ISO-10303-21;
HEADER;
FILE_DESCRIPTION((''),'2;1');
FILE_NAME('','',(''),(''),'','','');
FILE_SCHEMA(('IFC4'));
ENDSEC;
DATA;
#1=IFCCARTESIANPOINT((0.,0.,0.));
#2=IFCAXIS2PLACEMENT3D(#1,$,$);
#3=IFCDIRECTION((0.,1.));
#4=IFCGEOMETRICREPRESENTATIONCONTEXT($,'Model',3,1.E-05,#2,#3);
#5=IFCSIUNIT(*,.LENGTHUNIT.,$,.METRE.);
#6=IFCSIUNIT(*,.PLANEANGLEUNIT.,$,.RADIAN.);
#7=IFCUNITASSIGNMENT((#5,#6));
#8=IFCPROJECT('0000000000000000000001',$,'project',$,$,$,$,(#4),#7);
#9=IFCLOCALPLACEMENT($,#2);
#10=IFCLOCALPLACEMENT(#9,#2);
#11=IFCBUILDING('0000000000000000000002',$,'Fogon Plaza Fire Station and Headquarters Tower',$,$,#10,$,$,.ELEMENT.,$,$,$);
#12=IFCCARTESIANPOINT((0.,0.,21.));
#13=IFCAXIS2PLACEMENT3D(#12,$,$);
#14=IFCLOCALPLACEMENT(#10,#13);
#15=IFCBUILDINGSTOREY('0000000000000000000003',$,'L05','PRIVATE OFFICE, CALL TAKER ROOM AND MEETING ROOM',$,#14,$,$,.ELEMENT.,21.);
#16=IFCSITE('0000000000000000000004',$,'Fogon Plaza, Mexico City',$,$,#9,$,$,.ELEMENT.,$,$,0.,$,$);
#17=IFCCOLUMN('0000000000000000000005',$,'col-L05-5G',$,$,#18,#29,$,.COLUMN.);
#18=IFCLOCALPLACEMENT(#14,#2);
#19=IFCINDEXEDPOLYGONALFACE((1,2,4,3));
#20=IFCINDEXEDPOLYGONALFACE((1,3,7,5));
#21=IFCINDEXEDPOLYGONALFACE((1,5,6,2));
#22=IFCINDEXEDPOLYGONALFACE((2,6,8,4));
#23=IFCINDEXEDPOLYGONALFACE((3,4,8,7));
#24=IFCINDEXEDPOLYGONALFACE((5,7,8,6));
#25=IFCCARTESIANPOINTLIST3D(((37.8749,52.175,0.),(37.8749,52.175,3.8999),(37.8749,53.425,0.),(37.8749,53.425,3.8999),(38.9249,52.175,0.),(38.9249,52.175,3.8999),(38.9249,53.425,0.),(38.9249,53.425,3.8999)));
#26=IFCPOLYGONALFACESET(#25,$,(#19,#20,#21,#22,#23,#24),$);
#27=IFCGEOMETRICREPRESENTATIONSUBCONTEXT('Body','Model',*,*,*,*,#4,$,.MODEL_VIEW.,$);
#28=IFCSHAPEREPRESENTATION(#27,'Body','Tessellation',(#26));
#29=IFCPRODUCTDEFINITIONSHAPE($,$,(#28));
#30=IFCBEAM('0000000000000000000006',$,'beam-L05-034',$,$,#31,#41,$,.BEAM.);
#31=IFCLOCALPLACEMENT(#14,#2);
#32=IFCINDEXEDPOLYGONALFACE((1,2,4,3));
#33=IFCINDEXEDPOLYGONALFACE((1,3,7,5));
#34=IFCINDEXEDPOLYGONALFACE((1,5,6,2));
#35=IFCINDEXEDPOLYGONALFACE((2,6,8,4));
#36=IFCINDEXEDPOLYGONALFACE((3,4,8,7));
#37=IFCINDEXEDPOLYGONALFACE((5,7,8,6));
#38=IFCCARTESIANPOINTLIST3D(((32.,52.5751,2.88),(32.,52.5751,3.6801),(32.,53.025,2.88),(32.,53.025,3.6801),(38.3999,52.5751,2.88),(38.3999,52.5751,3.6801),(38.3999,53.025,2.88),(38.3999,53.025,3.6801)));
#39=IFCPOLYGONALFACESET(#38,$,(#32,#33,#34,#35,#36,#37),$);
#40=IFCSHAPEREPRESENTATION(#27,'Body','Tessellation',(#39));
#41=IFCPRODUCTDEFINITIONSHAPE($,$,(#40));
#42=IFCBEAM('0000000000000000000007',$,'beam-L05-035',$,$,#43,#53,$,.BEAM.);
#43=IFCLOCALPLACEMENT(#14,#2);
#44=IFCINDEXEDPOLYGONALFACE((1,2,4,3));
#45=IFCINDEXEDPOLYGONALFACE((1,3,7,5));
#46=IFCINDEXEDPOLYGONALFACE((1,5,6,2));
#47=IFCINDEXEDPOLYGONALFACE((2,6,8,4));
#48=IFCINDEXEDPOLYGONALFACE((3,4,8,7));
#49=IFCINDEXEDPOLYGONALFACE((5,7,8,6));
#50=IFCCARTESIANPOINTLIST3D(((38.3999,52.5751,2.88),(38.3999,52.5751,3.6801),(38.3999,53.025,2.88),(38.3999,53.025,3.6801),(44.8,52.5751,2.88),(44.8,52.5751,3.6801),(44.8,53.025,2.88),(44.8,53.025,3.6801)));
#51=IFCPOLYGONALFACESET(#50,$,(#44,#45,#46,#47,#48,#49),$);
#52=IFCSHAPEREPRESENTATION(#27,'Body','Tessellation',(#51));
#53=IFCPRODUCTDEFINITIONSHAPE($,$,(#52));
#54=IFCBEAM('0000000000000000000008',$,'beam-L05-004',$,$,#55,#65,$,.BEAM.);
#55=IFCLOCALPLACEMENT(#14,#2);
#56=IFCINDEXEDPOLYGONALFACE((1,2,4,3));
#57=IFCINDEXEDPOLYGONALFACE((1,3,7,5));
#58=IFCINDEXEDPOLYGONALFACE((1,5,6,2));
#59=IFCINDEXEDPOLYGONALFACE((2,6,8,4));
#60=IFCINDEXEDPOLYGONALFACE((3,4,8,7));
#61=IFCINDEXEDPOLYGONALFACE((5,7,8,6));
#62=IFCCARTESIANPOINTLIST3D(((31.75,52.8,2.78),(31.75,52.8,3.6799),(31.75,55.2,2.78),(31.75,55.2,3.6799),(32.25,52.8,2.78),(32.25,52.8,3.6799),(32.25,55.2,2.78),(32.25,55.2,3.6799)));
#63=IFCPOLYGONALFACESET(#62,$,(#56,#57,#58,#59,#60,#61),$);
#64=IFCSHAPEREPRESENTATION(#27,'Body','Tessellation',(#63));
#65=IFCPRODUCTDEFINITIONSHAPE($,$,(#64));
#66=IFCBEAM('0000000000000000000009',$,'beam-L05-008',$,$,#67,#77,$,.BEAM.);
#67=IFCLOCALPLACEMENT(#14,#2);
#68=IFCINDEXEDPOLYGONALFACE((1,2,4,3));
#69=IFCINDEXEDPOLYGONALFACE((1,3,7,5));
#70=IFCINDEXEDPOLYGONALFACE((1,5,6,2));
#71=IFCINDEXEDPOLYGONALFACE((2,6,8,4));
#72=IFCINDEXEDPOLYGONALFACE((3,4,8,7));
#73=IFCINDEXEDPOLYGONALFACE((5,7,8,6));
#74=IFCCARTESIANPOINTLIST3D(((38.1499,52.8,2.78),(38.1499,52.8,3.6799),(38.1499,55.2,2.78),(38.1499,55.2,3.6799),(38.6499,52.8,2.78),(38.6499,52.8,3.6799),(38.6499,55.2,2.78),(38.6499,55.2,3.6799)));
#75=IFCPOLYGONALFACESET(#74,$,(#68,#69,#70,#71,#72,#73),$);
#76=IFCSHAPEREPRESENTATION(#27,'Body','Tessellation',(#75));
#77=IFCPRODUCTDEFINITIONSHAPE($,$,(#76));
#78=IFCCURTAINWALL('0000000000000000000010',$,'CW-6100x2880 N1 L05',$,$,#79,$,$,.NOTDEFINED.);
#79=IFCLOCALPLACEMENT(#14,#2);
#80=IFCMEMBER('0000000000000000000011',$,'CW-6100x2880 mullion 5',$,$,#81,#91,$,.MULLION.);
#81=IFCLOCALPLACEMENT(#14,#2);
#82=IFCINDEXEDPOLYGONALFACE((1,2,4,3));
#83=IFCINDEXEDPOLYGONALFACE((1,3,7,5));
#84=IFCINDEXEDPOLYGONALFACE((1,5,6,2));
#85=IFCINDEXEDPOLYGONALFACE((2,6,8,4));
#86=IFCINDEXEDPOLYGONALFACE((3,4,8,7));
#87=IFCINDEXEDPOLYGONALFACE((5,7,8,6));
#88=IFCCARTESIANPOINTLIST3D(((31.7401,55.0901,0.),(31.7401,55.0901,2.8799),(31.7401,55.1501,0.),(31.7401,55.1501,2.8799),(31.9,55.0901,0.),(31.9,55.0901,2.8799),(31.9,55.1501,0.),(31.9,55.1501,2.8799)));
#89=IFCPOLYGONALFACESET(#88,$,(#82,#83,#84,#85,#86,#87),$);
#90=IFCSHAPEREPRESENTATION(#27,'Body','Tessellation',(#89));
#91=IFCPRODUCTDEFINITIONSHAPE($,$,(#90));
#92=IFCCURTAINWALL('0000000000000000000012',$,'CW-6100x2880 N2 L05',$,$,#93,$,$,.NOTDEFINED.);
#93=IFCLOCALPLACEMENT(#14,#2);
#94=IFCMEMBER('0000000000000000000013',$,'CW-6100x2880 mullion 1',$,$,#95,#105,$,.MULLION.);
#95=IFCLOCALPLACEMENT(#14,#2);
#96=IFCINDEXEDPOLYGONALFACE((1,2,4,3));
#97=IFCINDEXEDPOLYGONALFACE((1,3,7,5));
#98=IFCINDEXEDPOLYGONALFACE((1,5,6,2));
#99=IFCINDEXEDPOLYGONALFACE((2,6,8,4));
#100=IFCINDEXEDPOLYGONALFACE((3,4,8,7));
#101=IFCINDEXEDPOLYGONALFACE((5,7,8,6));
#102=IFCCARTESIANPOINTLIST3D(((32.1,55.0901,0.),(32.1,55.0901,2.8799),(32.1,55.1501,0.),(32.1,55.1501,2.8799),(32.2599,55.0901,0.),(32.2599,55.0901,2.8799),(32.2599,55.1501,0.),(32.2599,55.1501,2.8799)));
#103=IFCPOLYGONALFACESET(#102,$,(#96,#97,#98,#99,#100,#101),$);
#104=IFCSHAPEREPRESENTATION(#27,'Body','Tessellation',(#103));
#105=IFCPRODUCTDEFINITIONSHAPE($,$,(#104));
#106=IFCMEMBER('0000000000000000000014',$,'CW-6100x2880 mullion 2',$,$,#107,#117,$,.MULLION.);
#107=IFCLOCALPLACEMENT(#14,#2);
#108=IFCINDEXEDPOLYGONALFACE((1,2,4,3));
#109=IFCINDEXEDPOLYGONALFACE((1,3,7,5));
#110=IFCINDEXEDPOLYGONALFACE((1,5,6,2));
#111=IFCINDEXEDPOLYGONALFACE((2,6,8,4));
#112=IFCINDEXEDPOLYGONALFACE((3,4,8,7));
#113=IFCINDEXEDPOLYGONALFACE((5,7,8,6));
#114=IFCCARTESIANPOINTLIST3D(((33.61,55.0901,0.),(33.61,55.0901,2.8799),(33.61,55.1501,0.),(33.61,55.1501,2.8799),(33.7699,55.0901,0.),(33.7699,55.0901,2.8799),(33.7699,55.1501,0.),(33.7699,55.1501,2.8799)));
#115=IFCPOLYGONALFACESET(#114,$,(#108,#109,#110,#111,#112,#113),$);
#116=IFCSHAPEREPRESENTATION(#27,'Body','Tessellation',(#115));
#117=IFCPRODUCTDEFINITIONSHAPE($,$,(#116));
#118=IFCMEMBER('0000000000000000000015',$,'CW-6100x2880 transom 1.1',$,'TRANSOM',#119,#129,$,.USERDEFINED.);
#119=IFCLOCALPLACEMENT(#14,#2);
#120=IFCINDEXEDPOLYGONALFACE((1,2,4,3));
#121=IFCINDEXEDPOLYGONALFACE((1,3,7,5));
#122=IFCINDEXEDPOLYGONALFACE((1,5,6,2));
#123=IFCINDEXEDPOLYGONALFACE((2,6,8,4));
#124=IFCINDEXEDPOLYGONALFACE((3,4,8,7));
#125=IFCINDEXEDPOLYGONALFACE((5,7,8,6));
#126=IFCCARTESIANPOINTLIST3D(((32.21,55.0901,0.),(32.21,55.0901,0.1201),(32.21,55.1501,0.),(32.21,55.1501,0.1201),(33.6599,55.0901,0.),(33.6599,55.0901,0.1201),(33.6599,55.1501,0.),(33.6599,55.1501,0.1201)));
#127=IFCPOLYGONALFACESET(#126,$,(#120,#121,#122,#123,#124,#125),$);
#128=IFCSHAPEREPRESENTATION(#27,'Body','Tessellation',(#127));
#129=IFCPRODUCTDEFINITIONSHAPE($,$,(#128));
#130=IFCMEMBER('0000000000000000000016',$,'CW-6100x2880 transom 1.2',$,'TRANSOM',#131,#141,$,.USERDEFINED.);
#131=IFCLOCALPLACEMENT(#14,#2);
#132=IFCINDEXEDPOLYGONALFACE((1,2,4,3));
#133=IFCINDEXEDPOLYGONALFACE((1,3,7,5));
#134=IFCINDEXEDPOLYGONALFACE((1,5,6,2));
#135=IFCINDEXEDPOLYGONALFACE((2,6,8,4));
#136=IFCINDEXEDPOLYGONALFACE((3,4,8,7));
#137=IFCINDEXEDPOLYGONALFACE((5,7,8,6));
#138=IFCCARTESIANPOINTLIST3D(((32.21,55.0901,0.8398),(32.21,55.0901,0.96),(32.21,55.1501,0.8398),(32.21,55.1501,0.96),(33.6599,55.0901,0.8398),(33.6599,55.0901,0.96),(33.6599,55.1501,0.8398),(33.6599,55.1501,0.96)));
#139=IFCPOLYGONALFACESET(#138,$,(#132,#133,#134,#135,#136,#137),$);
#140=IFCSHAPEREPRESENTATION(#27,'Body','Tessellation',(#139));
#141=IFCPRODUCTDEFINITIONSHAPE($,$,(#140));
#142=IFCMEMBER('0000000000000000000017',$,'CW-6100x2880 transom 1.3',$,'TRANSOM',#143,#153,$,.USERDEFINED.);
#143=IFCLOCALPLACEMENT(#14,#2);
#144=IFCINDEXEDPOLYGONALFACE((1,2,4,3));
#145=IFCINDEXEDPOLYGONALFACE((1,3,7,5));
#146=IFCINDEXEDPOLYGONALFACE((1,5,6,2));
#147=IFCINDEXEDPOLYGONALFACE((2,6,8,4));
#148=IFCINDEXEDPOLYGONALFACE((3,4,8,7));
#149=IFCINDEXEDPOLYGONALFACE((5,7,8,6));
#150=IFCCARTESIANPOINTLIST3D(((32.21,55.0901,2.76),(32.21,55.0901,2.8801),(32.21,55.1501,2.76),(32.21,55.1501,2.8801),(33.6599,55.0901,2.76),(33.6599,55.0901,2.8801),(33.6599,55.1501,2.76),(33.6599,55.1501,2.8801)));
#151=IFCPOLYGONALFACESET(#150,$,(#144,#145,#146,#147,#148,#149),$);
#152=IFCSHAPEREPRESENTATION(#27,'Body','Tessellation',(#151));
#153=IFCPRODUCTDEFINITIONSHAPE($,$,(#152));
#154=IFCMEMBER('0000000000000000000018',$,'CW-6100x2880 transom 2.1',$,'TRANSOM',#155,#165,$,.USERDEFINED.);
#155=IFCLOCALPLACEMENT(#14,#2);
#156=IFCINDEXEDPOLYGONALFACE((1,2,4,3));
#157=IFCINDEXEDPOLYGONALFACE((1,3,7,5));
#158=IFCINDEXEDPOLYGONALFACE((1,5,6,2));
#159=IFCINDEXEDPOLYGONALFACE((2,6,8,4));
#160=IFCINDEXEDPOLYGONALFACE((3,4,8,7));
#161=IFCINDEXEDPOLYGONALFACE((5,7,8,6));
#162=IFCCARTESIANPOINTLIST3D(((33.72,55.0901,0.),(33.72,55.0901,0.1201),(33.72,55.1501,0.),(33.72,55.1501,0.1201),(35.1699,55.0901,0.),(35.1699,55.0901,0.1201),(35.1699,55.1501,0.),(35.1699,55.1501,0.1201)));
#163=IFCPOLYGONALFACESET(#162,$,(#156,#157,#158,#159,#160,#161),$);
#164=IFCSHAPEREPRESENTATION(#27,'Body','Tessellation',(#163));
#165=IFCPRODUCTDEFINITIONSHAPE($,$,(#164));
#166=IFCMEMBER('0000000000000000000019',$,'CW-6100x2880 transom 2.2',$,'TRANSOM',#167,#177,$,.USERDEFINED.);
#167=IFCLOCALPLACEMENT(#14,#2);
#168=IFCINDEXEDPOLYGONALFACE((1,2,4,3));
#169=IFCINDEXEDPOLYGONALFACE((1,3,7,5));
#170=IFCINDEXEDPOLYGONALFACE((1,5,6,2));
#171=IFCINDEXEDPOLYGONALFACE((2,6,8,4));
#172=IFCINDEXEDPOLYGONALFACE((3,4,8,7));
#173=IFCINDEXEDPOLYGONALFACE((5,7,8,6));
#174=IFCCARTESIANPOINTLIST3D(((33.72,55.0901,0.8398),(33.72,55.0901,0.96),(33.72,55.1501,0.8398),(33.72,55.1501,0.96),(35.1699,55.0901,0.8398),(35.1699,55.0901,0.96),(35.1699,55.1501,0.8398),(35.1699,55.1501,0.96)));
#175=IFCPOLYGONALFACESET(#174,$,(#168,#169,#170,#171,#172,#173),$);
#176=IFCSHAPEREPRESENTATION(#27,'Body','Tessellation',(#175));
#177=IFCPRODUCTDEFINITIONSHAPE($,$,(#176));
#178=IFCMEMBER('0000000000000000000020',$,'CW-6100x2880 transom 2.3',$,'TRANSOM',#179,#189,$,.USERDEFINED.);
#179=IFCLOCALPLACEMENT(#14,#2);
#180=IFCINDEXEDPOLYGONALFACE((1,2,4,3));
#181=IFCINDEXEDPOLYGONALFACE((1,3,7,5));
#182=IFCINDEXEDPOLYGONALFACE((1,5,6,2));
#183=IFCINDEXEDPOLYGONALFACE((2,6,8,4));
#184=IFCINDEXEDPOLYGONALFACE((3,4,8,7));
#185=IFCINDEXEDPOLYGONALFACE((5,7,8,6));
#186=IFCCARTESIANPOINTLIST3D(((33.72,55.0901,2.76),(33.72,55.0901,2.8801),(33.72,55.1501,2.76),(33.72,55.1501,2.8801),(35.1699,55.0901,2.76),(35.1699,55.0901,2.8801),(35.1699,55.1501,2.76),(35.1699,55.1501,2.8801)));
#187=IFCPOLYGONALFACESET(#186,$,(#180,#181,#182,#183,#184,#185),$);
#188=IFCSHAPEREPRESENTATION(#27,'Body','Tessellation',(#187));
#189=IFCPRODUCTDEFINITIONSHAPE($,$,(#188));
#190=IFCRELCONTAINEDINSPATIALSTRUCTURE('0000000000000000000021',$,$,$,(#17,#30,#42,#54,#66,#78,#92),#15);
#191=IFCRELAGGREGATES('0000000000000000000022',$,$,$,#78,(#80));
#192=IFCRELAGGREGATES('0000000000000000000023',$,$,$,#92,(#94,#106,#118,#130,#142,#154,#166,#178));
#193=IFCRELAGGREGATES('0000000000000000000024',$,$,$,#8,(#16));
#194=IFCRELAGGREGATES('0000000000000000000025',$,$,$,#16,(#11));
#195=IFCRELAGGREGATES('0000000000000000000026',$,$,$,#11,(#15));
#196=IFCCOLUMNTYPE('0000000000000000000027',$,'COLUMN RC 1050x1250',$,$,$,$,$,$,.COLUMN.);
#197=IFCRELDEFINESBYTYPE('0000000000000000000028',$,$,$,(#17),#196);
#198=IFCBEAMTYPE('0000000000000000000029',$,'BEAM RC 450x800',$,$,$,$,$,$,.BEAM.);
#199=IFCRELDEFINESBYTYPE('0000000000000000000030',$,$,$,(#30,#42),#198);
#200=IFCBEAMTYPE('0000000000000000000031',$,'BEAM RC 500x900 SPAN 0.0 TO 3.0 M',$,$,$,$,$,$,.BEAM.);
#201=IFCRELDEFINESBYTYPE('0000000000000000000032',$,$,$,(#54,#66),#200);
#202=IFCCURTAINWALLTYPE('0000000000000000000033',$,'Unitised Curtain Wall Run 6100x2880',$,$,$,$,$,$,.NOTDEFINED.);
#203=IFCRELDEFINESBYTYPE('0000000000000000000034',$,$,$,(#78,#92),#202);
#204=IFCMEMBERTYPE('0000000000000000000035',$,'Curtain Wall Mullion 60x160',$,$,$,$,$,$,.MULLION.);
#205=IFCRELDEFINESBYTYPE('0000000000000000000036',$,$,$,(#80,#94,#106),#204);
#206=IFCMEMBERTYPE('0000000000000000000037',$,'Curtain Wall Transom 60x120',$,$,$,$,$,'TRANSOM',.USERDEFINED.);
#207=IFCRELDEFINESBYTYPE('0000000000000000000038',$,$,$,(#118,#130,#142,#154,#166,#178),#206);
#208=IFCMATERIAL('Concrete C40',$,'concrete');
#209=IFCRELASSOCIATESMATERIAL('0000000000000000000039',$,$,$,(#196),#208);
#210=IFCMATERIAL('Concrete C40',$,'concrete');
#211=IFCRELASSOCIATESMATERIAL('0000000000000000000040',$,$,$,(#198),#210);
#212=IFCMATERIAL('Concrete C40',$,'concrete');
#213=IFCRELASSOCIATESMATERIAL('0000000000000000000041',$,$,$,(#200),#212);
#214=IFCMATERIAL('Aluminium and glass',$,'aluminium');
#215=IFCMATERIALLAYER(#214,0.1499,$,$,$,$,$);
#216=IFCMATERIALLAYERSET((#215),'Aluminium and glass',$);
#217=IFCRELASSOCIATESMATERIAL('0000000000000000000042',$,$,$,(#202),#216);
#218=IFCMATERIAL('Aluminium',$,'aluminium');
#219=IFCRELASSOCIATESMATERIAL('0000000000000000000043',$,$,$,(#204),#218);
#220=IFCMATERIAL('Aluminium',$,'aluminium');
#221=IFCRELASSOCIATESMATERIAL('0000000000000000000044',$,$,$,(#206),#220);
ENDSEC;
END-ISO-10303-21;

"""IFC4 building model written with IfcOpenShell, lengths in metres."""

from ifc_helpers import new_model, si_unit, direction, frame, origin, origin_2d, place, context, subcontext, project, spatial, rectangle, extrude, material, layer, layer_set, material_profile, profile_set, type_object, element, aggregate, save


model = new_model("IFC4")

# Units and contexts
model_context = context("Model", 3, precision=1e-05, world=origin(), true_north=direction((0.0, 1.0)))
body_context = subcontext(model_context, "Body", "Model", "MODEL_VIEW")
ifc_project = project(units=[si_unit("LENGTHUNIT", "METRE"), si_unit("PLANEANGLEUNIT", "RADIAN")], contexts=[model_context])

# Site, building, storey
site_placement = place(None, origin())
site = spatial("IfcSite", under=ifc_project, at=site_placement, Name="Fogon Plaza, Mexico City", CompositionType="ELEMENT", RefElevation=0.0)
building_placement = place(site_placement, origin())
building = spatial("IfcBuilding", under=site, at=building_placement, Name="Fogon Plaza Fire Station and Headquarters Tower", CompositionType="ELEMENT")
storey_placement = place(building_placement, frame((0.0, 0.0, 21.0)))
storey = spatial("IfcBuildingStorey", under=building, at=storey_placement, Name="L05", Description="PRIVATE OFFICE, CALL TAKER ROOM AND MEETING ROOM", CompositionType="ELEMENT", Elevation=21.0)

# Column
ifc_material_1 = material(Name="Concrete C40", Category="concrete")
ifc_material_profile_1 = material_profile(ifc_material_1, rectangle(XDim=1.05, YDim=1.25, at=origin_2d()), Name="RC 1050x1250")
ifc_profile_set_1 = profile_set([ifc_material_profile_1], Name="Concrete C40")
column_type = type_object("IfcColumnType", Name="COLUMN RC 1050x1250", PredefinedType="COLUMN", material=ifc_profile_set_1)
column_placement = place(storey_placement, frame((38.3999, 52.8, 0.0), z_axis=(0.0, 0.0, 1.0), x_axis=(1.0, 0.0, 0.0)))
element("IfcColumn", 1, at=column_placement, inside=storey, type_object=column_type, Name="col-L05-5G", PredefinedType="COLUMN", context=body_context, shape_type="SweptSolid", body=[
    extrude(rectangle(XDim=1.05, YDim=1.25, at=origin_2d()), origin(), (0.0, 0.0, 1.0), 3.8999),
])

# Beams
ifc_material_2 = material(Name="Concrete C40", Category="concrete")
ifc_material_profile_2 = material_profile(ifc_material_2, rectangle(XDim=0.45, YDim=0.8, at=origin_2d()), Name="RC 450x800")
ifc_profile_set_2 = profile_set([ifc_material_profile_2], Name="Concrete C40")
beam_type_1 = type_object("IfcBeamType", Name="BEAM RC 450x800", PredefinedType="BEAM", material=ifc_profile_set_2)
beam_1_placement = place(storey_placement, frame((32.0, 52.8, 3.28), z_axis=(1.0, 0.0, 0.0), x_axis=(0.0, 1.0, 0.0)))
element("IfcBeam", 2, at=beam_1_placement, inside=storey, type_object=beam_type_1, Name="beam-L05-034", PredefinedType="BEAM", context=body_context, shape_type="SweptSolid", body=[
    extrude(rectangle(XDim=0.45, YDim=0.8, at=origin_2d()), origin(), (0.0, 0.0, 1.0), 6.3999),
])
beam_2_placement = place(storey_placement, frame((38.3999, 52.8, 3.28), z_axis=(1.0, 0.0, 0.0), x_axis=(0.0, 1.0, 0.0)))
element("IfcBeam", 3, at=beam_2_placement, inside=storey, type_object=beam_type_1, Name="beam-L05-035", PredefinedType="BEAM", context=body_context, shape_type="SweptSolid", body=[
    extrude(rectangle(XDim=0.45, YDim=0.8, at=origin_2d()), origin(), (0.0, 0.0, 1.0), 6.4001),
])
ifc_material_3 = material(Name="Concrete C40", Category="concrete")
ifc_material_profile_3 = material_profile(ifc_material_3, rectangle(XDim=0.5, YDim=0.8999, at=origin_2d()), Name="RC 500x900")
ifc_profile_set_3 = profile_set([ifc_material_profile_3], Name="Concrete C40")
beam_type_2 = type_object("IfcBeamType", Name="BEAM RC 500x900 SPAN 0.0 TO 3.0 M", PredefinedType="BEAM", material=ifc_profile_set_3)
for number, where, z_axis, x_axis, name in (
    (4, (32.0, 52.8, 3.23), (0.0, 1.0, 0.0), (-1.0, 0.0, 0.0), "beam-L05-004"),
    (5, (38.3999, 52.8, 3.23), (0.0, 1.0, 0.0), (-1.0, 0.0, 0.0), "beam-L05-008"),
):
    element("IfcBeam", number, at=place(storey_placement, frame(where, z_axis=z_axis, x_axis=x_axis)), inside=storey, type_object=beam_type_2, Name=name, PredefinedType="BEAM", context=body_context, shape_type="SweptSolid", body=[
        extrude(rectangle(XDim=0.5, YDim=0.8999, at=origin_2d()), origin(), (0.0, 0.0, 1.0), 2.3999),
    ])

# Curtain wall, member
ifc_material_4 = material(Name="Aluminium and glass", Category="aluminium")
ifc_layer_1 = layer(ifc_material_4, 0.1499)
ifc_layer_set_1 = layer_set([ifc_layer_1], Name="Aluminium and glass")
curtain_wall_type = type_object("IfcCurtainWallType", Name="Unitised Curtain Wall Run 6100x2880", PredefinedType="NOTDEFINED", material=ifc_layer_set_1)
curtain_wall_1_placement = place(storey_placement, origin())
curtain_wall_1 = element("IfcCurtainWall", 6, at=curtain_wall_1_placement, inside=storey, type_object=curtain_wall_type, Name="CW-6100x2880 N1 L05", PredefinedType="NOTDEFINED")
ifc_material_5 = material(Name="Aluminium", Category="aluminium")
ifc_material_profile_4 = material_profile(ifc_material_5, rectangle(XDim=0.0601, YDim=0.1599, at=origin_2d()), Name="Curtain Wall Mullion 60x160")
ifc_profile_set_4 = profile_set([ifc_material_profile_4], Name="Aluminium")
member_type_1 = type_object("IfcMemberType", Name="Curtain Wall Mullion 60x160", PredefinedType="MULLION", material=ifc_profile_set_4)
member_1_placement = place(storey_placement, frame((31.8201, 55.1201, 0.0), z_axis=(0.0, 0.0, 1.0), x_axis=(0.0, 1.0, 0.0)))
member_1 = element("IfcMember", 7, at=member_1_placement, type_object=member_type_1, Name="CW-6100x2880 mullion 5", PredefinedType="MULLION", context=body_context, shape_type="SweptSolid", body=[
    extrude(rectangle(XDim=0.0601, YDim=0.1599, at=origin_2d()), origin(), (0.0, 0.0, 1.0), 2.8799),
])
aggregate(curtain_wall_1, [member_1])

# Curtain wall, members
curtain_wall_2_placement = place(storey_placement, origin())
curtain_wall_2 = element("IfcCurtainWall", 8, at=curtain_wall_2_placement, inside=storey, type_object=curtain_wall_type, Name="CW-6100x2880 N2 L05", PredefinedType="NOTDEFINED")
member_2_placement = place(storey_placement, frame((32.1799, 55.1201, 0.0), z_axis=(0.0, 0.0, 1.0), x_axis=(0.0, 1.0, 0.0)))
member_2 = element("IfcMember", 9, at=member_2_placement, type_object=member_type_1, Name="CW-6100x2880 mullion 1", PredefinedType="MULLION", context=body_context, shape_type="SweptSolid", body=[
    extrude(rectangle(XDim=0.0601, YDim=0.1599, at=origin_2d()), origin(), (0.0, 0.0, 1.0), 2.8799),
])
member_3_placement = place(storey_placement, frame((33.6899, 55.1201, 0.0), z_axis=(0.0, 0.0, 1.0), x_axis=(0.0, 1.0, 0.0)))
member_3 = element("IfcMember", 10, at=member_3_placement, type_object=member_type_1, Name="CW-6100x2880 mullion 2", PredefinedType="MULLION", context=body_context, shape_type="SweptSolid", body=[
    extrude(rectangle(XDim=0.0601, YDim=0.1599, at=origin_2d()), origin(), (0.0, 0.0, 1.0), 2.8799),
])
ifc_material_6 = material(Name="Aluminium", Category="aluminium")
ifc_material_profile_5 = material_profile(ifc_material_6, rectangle(XDim=0.0601, YDim=0.1201, at=origin_2d()), Name="Curtain Wall Transom 60x120")
ifc_profile_set_5 = profile_set([ifc_material_profile_5], Name="Aluminium")
member_type_2 = type_object("IfcMemberType", Name="Curtain Wall Transom 60x120", ElementType="TRANSOM", PredefinedType="USERDEFINED", material=ifc_profile_set_5)
member_4_placement = place(storey_placement, frame((32.21, 55.1201, 0.0601), z_axis=(1.0, 0.0, 0.0), x_axis=(0.0, 1.0, 0.0)))
member_4 = element("IfcMember", 11, at=member_4_placement, type_object=member_type_2, Name="CW-6100x2880 transom 1.1", ObjectType="TRANSOM", PredefinedType="USERDEFINED", context=body_context, shape_type="SweptSolid", body=[
    extrude(rectangle(XDim=0.0601, YDim=0.1201, at=origin_2d()), origin(), (0.0, 0.0, 1.0), 1.45),
])
member_5_placement = place(storey_placement, frame((32.21, 55.1201, 0.8999), z_axis=(1.0, 0.0, 0.0), x_axis=(0.0, 1.0, 0.0)))
member_5 = element("IfcMember", 12, at=member_5_placement, type_object=member_type_2, Name="CW-6100x2880 transom 1.2", ObjectType="TRANSOM", PredefinedType="USERDEFINED", context=body_context, shape_type="SweptSolid", body=[
    extrude(rectangle(XDim=0.0601, YDim=0.1201, at=origin_2d()), origin(), (0.0, 0.0, 1.0), 1.45),
])
member_6_placement = place(storey_placement, frame((32.21, 55.1201, 2.8201), z_axis=(1.0, 0.0, 0.0), x_axis=(0.0, 1.0, 0.0)))
member_6 = element("IfcMember", 13, at=member_6_placement, type_object=member_type_2, Name="CW-6100x2880 transom 1.3", ObjectType="TRANSOM", PredefinedType="USERDEFINED", context=body_context, shape_type="SweptSolid", body=[
    extrude(rectangle(XDim=0.0601, YDim=0.1201, at=origin_2d()), origin(), (0.0, 0.0, 1.0), 1.45),
])
member_7_placement = place(storey_placement, frame((33.72, 55.1201, 0.0601), z_axis=(1.0, 0.0, 0.0), x_axis=(0.0, 1.0, 0.0)))
member_7 = element("IfcMember", 14, at=member_7_placement, type_object=member_type_2, Name="CW-6100x2880 transom 2.1", ObjectType="TRANSOM", PredefinedType="USERDEFINED", context=body_context, shape_type="SweptSolid", body=[
    extrude(rectangle(XDim=0.0601, YDim=0.1201, at=origin_2d()), origin(), (0.0, 0.0, 1.0), 1.45),
])
member_8_placement = place(storey_placement, frame((33.72, 55.1201, 0.8999), z_axis=(1.0, 0.0, 0.0), x_axis=(0.0, 1.0, 0.0)))
member_8 = element("IfcMember", 15, at=member_8_placement, type_object=member_type_2, Name="CW-6100x2880 transom 2.2", ObjectType="TRANSOM", PredefinedType="USERDEFINED", context=body_context, shape_type="SweptSolid", body=[
    extrude(rectangle(XDim=0.0601, YDim=0.1201, at=origin_2d()), origin(), (0.0, 0.0, 1.0), 1.45),
])
member_9_placement = place(storey_placement, frame((33.72, 55.1201, 2.8201), z_axis=(1.0, 0.0, 0.0), x_axis=(0.0, 1.0, 0.0)))
member_9 = element("IfcMember", 16, at=member_9_placement, type_object=member_type_2, Name="CW-6100x2880 transom 2.3", ObjectType="TRANSOM", PredefinedType="USERDEFINED", context=body_context, shape_type="SweptSolid", body=[
    extrude(rectangle(XDim=0.0601, YDim=0.1201, at=origin_2d()), origin(), (0.0, 0.0, 1.0), 1.45),
])

aggregate(curtain_wall_2, [member_2, member_3, member_4, member_5, member_6, member_7, member_8, member_9])

save(model, "model.ifc")
